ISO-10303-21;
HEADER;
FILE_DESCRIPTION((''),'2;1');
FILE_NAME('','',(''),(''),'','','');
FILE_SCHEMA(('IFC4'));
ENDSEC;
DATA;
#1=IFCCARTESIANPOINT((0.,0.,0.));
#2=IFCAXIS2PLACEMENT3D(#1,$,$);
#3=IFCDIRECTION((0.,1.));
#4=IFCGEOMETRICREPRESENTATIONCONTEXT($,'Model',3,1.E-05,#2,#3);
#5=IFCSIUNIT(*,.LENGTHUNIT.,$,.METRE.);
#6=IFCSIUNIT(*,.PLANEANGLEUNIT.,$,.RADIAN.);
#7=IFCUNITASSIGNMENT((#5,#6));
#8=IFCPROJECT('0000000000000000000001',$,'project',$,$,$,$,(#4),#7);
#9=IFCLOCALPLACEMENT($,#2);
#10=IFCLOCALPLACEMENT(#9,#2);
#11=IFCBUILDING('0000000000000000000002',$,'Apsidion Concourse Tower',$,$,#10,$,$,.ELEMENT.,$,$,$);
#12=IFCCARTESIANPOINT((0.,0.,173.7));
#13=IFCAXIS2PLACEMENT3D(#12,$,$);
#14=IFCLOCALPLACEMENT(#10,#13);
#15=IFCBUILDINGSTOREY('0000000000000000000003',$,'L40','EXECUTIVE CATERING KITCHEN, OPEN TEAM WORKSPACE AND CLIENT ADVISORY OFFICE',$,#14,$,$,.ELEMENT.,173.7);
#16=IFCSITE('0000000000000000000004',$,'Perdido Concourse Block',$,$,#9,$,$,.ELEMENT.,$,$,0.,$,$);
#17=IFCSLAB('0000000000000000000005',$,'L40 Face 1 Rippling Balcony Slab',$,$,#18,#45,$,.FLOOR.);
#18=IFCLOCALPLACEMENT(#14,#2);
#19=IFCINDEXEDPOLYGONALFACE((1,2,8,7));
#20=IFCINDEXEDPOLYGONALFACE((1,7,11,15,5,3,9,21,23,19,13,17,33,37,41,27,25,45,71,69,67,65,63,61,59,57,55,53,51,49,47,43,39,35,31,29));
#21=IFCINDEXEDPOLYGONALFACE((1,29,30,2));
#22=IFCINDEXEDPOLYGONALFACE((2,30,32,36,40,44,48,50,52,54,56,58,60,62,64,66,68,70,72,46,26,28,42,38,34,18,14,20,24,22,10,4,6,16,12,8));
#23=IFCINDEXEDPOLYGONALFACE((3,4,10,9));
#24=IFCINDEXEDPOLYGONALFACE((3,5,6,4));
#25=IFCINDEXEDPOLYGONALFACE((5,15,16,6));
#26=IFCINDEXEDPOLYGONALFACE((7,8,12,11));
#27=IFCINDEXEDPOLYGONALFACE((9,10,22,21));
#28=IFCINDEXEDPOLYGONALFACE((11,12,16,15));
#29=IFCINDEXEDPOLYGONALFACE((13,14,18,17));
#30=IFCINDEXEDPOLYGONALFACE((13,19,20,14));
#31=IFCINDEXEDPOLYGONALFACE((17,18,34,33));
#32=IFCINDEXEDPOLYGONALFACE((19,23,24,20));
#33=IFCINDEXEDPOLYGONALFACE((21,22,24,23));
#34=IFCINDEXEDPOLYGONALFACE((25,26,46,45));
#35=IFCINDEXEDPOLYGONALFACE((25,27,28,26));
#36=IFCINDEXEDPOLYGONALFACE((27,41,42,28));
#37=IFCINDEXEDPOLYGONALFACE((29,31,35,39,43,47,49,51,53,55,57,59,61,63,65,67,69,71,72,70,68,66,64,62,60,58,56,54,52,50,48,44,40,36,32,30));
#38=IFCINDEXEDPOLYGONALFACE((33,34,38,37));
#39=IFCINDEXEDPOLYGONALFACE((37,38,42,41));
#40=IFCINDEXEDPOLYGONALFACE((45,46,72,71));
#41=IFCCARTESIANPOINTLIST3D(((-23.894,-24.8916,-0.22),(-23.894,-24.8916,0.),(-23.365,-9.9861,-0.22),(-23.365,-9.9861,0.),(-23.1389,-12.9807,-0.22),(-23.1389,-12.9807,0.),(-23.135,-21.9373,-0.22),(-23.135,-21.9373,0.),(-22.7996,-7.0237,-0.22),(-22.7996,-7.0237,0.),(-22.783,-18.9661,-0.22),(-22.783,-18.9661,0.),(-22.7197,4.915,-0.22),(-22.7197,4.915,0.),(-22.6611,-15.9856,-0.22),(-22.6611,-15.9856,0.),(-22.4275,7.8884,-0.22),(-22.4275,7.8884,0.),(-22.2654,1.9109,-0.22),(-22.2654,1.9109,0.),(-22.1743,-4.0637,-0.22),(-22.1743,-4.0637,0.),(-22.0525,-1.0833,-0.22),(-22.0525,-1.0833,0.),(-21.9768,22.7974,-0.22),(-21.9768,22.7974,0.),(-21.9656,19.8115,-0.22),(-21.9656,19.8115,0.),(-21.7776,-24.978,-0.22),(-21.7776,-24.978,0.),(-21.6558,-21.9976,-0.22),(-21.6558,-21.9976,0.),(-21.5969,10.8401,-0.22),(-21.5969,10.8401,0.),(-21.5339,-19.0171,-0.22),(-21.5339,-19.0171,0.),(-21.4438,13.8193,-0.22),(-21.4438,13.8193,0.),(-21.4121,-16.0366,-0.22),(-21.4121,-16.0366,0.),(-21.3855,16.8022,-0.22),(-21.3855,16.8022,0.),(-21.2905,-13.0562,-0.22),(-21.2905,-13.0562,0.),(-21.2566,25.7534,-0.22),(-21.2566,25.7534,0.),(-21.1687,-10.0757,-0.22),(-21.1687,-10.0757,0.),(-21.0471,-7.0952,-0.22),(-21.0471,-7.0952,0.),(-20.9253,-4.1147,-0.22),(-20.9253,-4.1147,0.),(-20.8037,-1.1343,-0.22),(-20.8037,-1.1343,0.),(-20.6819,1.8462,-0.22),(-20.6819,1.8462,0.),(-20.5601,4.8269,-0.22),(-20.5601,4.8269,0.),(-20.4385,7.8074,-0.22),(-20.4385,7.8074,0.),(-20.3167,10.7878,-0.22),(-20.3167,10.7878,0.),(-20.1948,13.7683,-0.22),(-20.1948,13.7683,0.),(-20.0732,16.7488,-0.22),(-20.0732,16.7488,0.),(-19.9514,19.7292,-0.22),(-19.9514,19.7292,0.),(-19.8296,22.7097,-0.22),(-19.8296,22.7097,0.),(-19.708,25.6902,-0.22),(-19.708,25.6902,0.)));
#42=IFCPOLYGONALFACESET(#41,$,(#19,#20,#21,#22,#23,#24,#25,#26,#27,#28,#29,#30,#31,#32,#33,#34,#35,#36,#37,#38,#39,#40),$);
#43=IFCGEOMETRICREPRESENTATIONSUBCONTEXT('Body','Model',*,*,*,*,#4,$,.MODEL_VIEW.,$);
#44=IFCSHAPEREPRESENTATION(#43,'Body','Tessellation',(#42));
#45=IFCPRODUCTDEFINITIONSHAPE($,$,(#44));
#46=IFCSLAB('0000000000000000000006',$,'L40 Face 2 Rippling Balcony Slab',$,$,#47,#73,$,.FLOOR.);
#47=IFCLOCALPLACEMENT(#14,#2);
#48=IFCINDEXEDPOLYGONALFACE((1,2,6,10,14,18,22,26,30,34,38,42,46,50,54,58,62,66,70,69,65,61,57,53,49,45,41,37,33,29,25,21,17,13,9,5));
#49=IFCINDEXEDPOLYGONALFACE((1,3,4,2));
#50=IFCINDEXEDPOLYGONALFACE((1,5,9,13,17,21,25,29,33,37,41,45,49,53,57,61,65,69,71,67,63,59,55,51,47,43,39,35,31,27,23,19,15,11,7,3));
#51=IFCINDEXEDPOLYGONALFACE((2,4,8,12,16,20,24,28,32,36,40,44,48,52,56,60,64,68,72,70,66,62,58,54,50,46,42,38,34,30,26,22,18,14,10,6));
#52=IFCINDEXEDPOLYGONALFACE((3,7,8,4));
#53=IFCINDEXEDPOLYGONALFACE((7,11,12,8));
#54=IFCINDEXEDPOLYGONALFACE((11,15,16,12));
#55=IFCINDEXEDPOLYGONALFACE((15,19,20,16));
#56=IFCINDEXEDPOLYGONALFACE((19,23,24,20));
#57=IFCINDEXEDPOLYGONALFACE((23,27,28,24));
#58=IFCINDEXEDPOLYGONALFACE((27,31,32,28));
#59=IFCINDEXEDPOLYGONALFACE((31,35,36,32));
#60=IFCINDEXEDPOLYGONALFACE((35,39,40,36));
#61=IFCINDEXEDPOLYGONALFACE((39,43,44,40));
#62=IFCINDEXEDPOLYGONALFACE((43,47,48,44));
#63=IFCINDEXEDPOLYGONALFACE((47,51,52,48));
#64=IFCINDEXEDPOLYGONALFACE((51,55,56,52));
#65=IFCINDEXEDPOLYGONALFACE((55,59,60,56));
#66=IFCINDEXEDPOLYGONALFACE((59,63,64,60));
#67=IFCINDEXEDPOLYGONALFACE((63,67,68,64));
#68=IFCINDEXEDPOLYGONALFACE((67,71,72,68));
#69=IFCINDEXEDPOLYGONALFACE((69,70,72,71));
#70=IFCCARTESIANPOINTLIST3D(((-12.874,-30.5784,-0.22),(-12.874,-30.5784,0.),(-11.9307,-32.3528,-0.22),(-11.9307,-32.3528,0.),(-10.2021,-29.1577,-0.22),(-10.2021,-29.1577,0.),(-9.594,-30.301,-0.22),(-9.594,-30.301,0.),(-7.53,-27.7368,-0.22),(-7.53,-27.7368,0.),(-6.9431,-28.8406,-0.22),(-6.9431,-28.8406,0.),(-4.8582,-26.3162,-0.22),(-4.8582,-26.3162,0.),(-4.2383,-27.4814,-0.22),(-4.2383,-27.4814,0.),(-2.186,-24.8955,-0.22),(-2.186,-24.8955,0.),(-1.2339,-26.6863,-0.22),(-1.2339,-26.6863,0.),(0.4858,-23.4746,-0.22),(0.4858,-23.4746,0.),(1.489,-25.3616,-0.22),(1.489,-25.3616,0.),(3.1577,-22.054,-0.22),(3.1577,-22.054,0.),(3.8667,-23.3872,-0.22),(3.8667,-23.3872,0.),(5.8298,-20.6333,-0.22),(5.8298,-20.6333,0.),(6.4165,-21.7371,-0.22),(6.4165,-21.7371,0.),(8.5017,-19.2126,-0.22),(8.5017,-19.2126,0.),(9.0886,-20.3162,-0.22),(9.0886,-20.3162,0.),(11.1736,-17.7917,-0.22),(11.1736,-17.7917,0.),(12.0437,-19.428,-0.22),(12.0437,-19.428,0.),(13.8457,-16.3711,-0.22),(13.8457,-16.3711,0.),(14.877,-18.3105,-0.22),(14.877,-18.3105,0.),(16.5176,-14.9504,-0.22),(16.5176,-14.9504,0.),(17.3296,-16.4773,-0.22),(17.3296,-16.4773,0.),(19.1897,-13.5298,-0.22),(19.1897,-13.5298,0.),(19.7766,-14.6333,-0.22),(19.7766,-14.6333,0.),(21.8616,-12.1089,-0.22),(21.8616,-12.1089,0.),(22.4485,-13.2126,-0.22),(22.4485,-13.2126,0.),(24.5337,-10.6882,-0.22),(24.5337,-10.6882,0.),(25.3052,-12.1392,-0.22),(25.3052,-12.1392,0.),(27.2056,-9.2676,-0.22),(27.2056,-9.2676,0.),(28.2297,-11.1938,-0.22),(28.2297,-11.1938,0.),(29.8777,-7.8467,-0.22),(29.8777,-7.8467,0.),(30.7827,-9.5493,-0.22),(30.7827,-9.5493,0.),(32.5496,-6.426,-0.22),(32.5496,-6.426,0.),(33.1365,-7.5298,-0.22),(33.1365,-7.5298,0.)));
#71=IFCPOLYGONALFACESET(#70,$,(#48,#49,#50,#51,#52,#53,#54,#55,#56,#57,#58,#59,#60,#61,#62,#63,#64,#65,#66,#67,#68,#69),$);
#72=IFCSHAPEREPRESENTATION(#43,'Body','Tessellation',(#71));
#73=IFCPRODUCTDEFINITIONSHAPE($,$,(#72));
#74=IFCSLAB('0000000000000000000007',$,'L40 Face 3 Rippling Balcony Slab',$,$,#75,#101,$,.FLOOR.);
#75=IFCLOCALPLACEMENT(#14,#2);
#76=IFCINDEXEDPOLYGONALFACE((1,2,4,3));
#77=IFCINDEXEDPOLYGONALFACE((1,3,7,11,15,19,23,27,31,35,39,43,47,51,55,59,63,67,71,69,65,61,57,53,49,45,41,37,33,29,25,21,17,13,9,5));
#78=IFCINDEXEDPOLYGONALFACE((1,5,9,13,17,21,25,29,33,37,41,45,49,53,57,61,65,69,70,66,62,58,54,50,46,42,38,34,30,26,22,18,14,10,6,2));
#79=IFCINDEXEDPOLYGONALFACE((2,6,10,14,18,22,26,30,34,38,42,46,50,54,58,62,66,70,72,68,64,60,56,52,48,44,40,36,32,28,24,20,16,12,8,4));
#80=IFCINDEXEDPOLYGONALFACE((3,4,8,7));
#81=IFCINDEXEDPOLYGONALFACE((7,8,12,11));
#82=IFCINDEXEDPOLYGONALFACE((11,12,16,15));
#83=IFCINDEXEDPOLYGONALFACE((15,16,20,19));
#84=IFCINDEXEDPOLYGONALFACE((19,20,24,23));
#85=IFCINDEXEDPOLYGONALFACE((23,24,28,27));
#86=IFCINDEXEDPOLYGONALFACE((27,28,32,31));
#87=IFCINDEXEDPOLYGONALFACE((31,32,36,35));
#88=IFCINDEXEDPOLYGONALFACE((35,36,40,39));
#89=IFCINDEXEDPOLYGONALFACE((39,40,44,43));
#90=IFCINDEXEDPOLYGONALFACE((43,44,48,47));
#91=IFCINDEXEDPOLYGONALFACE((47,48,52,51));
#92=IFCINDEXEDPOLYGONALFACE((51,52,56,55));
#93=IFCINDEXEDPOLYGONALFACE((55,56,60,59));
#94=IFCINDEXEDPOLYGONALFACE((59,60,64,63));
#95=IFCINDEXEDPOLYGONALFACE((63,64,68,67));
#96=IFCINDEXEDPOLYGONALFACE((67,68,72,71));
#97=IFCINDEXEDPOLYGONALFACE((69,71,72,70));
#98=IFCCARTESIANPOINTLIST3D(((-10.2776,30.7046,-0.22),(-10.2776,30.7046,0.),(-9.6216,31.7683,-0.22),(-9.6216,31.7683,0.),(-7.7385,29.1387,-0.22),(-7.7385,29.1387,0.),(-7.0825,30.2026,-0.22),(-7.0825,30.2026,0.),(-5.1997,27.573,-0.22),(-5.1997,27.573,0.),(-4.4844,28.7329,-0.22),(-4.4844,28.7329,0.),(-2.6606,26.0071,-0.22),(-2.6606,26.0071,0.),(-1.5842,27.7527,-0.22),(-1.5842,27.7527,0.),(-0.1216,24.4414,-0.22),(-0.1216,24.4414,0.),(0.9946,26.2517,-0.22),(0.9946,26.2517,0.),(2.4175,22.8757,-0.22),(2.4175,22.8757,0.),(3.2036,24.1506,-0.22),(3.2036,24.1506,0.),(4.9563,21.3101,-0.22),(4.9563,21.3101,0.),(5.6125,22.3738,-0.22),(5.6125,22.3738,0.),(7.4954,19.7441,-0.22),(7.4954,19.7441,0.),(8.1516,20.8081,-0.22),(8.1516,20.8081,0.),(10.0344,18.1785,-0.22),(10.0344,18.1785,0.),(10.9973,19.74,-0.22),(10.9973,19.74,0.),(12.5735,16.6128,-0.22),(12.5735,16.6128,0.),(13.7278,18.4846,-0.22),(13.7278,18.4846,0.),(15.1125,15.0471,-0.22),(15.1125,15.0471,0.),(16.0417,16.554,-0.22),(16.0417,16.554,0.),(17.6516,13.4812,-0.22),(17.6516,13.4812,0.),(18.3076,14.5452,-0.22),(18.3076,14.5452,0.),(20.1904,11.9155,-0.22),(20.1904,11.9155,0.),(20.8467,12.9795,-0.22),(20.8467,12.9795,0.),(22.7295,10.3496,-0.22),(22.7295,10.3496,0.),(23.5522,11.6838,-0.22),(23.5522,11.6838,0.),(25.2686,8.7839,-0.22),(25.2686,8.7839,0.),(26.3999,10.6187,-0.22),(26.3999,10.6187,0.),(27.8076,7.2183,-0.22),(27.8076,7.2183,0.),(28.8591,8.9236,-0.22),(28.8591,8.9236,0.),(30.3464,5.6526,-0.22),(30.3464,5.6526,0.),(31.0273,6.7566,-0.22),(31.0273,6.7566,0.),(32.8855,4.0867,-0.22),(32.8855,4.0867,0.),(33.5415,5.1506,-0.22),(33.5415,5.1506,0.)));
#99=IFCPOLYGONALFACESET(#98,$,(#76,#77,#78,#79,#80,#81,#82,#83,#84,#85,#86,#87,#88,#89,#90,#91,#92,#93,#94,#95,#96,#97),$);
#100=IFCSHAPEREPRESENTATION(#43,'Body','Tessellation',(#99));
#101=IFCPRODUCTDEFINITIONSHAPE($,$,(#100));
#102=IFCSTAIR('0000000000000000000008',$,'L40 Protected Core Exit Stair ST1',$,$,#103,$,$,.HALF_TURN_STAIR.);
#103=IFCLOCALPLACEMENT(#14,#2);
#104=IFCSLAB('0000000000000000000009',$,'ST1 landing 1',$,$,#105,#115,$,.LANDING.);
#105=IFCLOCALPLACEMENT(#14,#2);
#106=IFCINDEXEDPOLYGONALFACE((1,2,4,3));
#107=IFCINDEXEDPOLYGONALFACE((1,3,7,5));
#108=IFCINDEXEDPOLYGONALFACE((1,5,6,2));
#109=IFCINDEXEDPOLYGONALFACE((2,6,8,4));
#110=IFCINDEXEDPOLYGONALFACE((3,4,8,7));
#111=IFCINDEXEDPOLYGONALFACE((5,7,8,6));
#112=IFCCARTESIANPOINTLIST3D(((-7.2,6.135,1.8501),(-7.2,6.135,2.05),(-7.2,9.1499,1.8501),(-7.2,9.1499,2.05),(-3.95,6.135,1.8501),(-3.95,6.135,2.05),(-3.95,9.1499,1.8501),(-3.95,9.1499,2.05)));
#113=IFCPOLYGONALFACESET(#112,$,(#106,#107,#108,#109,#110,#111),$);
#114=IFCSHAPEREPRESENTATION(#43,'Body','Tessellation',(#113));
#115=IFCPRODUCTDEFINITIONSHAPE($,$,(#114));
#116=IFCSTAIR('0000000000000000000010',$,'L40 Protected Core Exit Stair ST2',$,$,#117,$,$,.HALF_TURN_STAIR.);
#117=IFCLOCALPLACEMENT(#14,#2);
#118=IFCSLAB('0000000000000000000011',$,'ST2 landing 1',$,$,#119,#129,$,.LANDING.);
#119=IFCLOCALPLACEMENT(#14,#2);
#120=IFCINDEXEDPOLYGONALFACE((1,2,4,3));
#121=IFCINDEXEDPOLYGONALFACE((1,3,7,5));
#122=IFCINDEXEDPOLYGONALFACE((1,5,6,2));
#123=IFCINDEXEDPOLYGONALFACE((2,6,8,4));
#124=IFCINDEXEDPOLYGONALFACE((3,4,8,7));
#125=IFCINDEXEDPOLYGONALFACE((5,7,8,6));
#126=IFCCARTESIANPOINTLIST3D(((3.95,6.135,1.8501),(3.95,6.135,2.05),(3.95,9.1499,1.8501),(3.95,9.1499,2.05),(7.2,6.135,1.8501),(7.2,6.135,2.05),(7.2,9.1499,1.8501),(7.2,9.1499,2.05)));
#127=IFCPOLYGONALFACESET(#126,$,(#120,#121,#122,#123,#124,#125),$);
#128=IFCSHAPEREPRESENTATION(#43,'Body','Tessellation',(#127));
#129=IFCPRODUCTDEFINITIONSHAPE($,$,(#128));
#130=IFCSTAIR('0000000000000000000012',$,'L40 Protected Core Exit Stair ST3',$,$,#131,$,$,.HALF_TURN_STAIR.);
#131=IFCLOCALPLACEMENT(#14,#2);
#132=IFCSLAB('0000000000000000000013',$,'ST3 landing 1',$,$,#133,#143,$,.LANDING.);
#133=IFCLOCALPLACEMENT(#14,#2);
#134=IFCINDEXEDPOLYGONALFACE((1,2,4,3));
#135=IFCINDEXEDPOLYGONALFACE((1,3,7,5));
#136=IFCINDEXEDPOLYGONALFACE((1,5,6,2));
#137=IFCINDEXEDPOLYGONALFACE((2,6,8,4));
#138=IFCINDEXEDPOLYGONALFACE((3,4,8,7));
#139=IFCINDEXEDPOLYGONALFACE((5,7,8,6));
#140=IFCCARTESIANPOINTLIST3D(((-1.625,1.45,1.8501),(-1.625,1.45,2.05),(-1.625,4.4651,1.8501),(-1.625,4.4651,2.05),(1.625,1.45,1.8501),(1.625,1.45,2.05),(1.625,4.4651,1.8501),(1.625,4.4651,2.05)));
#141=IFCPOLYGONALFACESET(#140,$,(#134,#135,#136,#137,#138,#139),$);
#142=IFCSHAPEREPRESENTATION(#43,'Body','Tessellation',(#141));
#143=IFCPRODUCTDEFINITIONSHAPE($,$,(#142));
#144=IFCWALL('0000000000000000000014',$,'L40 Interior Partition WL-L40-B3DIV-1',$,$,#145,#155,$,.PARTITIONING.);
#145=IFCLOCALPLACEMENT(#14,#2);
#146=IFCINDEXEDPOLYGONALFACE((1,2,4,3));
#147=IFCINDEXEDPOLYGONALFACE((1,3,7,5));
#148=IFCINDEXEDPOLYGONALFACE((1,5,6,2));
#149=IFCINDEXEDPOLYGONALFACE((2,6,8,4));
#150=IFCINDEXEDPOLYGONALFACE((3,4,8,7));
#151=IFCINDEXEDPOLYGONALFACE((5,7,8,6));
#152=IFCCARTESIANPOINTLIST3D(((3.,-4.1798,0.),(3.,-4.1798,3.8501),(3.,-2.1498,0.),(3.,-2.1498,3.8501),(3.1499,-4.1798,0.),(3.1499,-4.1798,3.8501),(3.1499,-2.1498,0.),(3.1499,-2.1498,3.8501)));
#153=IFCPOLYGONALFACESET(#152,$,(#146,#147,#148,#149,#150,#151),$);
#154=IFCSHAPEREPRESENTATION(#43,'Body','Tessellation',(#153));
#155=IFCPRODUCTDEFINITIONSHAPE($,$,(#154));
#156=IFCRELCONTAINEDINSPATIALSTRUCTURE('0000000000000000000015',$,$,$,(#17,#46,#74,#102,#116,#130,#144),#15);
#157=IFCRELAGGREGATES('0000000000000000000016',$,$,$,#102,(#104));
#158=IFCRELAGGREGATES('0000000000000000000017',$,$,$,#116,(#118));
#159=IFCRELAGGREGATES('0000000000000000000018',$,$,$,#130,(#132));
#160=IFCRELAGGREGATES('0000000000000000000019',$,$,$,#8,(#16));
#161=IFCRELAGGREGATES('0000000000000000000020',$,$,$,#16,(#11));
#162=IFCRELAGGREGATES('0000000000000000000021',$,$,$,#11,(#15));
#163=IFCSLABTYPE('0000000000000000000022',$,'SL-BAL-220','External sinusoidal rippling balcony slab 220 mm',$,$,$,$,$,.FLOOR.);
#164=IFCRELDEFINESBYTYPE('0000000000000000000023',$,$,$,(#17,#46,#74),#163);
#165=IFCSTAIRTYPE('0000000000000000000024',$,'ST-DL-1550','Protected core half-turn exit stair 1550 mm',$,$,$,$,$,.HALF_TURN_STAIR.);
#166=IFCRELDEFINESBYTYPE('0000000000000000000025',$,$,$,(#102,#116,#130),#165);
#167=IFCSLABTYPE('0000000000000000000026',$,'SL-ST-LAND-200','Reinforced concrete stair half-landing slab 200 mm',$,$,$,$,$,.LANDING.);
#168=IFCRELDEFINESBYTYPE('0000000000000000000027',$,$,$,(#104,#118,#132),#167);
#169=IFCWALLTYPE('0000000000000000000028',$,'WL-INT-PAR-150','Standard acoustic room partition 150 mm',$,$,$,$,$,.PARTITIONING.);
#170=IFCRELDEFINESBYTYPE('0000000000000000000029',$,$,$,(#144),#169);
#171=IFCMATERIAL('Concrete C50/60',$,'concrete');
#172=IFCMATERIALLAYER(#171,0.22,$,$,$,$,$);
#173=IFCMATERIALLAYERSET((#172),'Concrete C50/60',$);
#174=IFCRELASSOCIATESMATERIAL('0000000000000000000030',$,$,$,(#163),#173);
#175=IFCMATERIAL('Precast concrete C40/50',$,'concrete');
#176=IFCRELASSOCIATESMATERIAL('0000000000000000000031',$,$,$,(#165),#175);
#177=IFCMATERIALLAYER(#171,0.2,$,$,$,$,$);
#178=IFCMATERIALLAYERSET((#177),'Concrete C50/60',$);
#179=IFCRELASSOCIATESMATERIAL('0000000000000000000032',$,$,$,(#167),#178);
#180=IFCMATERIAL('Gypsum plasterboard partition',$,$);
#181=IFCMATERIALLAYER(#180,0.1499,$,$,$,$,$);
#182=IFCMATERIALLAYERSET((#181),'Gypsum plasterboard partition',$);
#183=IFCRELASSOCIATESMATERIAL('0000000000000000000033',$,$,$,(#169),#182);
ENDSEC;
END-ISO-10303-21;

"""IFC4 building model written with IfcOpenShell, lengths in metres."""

from ifc_helpers import new_model, si_unit, direction, frame, frame_2d, origin, place, context, subcontext, project, spatial, polyline, rectangle, outline, extrude, material, layer, layer_set, type_object, element, aggregate, save


model = new_model("IFC4")

# Units and contexts
model_context = context("Model", 3, precision=1e-05, world=origin(), true_north=direction((0.0, 1.0)))
body_context = subcontext(model_context, "Body", "Model", "MODEL_VIEW")
ifc_project = project(units=[si_unit("LENGTHUNIT", "METRE"), si_unit("PLANEANGLEUNIT", "RADIAN")], contexts=[model_context])

# Site, building, storey
site_placement = place(None, origin())
site = spatial("IfcSite", under=ifc_project, at=site_placement, Name="Perdido Concourse Block", CompositionType="ELEMENT", RefElevation=0.0)
building_placement = place(site_placement, origin())
building = spatial("IfcBuilding", under=site, at=building_placement, Name="Apsidion Concourse Tower", CompositionType="ELEMENT")
storey_placement = place(building_placement, frame((0.0, 0.0, 173.7)))
storey = spatial("IfcBuildingStorey", under=building, at=storey_placement, Name="L40", Description="EXECUTIVE CATERING KITCHEN, OPEN TEAM WORKSPACE AND CLIENT ADVISORY OFFICE", CompositionType="ELEMENT", Elevation=173.7)

# Shared definitions
ifc_material_1 = material(Name="Concrete C50/60", Category="concrete")

# Slabs
ifc_layer_1 = layer(ifc_material_1, 0.22)
ifc_layer_set_1 = layer_set([ifc_layer_1], Name="Concrete C50/60")
slab_type_1 = type_object("IfcSlabType", Name="SL-BAL-220", Description="External sinusoidal rippling balcony slab 220 mm", PredefinedType="FLOOR", material=ifc_layer_set_1)
slab_1_placement = place(storey_placement, frame((0.0, 0.0, -0.22)))
element("IfcSlab", 1, at=slab_1_placement, inside=storey, type_object=slab_type_1, Name="L40 Face 1 Rippling Balcony Slab", PredefinedType="FLOOR", context=body_context, shape_type="SweptSolid", body=[
    extrude(outline(polyline([(-19.708, 25.6902), (-19.8296, 22.7097), (-19.9514, 19.7292), (-20.0732, 16.7488), (-20.1948, 13.7683), (-20.3167, 10.7878), (-20.4385, 7.8074), (-20.5601, 4.8269), (-20.6819, 1.8462), (-20.8037, -1.1343), (-20.9253, -4.1147), (-21.0471, -7.0952), (-21.1687, -10.0757), (-21.2905, -13.0562), (-21.4121, -16.0366), (-21.5339, -19.0171), (-21.6558, -21.9976), (-21.7776, -24.978), (-23.894, -24.8916), (-23.135, -21.9373), (-22.783, -18.9661), (-22.6611, -15.9856), (-23.1389, -12.9807), (-23.365, -9.9861), (-22.7996, -7.0237), (-22.1743, -4.0637), (-22.0525, -1.0833), (-22.2654, 1.9109), (-22.7197, 4.915), (-22.4275, 7.8884), (-21.5969, 10.8401), (-21.4438, 13.8193), (-21.3855, 16.8022), (-21.9656, 19.8115), (-21.9768, 22.7974), (-21.2566, 25.7534), (-19.708, 25.6902)])), origin(), (0.0, 0.0, 1.0), 0.22),
])
slab_2_placement = place(storey_placement, frame((0.0, 0.0, -0.22)))
element("IfcSlab", 2, at=slab_2_placement, inside=storey, type_object=slab_type_1, Name="L40 Face 2 Rippling Balcony Slab", PredefinedType="FLOOR", context=body_context, shape_type="SweptSolid", body=[
    extrude(outline(polyline([(-12.874, -30.5784), (-10.2021, -29.1577), (-7.53, -27.7368), (-4.8582, -26.3162), (-2.186, -24.8955), (0.4858, -23.4746), (3.1577, -22.054), (5.8298, -20.6333), (8.5017, -19.2126), (11.1736, -17.7917), (13.8457, -16.3711), (16.5176, -14.9504), (19.1897, -13.5298), (21.8616, -12.1089), (24.5337, -10.6882), (27.2056, -9.2676), (29.8777, -7.8467), (32.5496, -6.426), (33.1365, -7.5298), (30.7827, -9.5493), (28.2297, -11.1938), (25.3052, -12.1392), (22.4485, -13.2126), (19.7766, -14.6333), (17.3296, -16.4773), (14.877, -18.3105), (12.0437, -19.428), (9.0886, -20.3162), (6.4165, -21.7371), (3.8667, -23.3872), (1.489, -25.3616), (-1.2339, -26.6863), (-4.2383, -27.4814), (-6.9431, -28.8406), (-9.594, -30.301), (-11.9307, -32.3528), (-12.874, -30.5784)])), origin(), (0.0, 0.0, 1.0), 0.22),
])
slab_3_placement = place(storey_placement, frame((0.0, 0.0, -0.22)))
element("IfcSlab", 3, at=slab_3_placement, inside=storey, type_object=slab_type_1, Name="L40 Face 3 Rippling Balcony Slab", PredefinedType="FLOOR", context=body_context, shape_type="SweptSolid", body=[
    extrude(outline(polyline([(32.8855, 4.0867), (30.3464, 5.6526), (27.8076, 7.2183), (25.2686, 8.7839), (22.7295, 10.3496), (20.1904, 11.9155), (17.6516, 13.4812), (15.1125, 15.0471), (12.5735, 16.6128), (10.0344, 18.1785), (7.4954, 19.7441), (4.9563, 21.3101), (2.4175, 22.8757), (-0.1216, 24.4414), (-2.6606, 26.0071), (-5.1997, 27.573), (-7.7385, 29.1387), (-10.2776, 30.7046), (-9.6216, 31.7683), (-7.0825, 30.2026), (-4.4844, 28.7329), (-1.5842, 27.7527), (0.9946, 26.2517), (3.2036, 24.1506), (5.6125, 22.3738), (8.1516, 20.8081), (10.9973, 19.74), (13.7278, 18.4846), (16.0417, 16.554), (18.3076, 14.5452), (20.8467, 12.9795), (23.5522, 11.6838), (26.3999, 10.6187), (28.8591, 8.9236), (31.0273, 6.7566), (33.5415, 5.1506), (32.8855, 4.0867)])), origin(), (0.0, 0.0, 1.0), 0.22),
])

# Stairs, slabs
ifc_material_2 = material(Name="Precast concrete C40/50", Category="concrete")
stair_type = type_object("IfcStairType", Name="ST-DL-1550", Description="Protected core half-turn exit stair 1550 mm", PredefinedType="HALF_TURN_STAIR", material=ifc_material_2)
stair_1_placement = place(storey_placement, origin())
stair_1 = element("IfcStair", 4, at=stair_1_placement, inside=storey, type_object=stair_type, Name="L40 Protected Core Exit Stair ST1", PredefinedType="HALF_TURN_STAIR")
ifc_layer_2 = layer(ifc_material_1, 0.2)
ifc_layer_set_2 = layer_set([ifc_layer_2], Name="Concrete C50/60")
slab_type_2 = type_object("IfcSlabType", Name="SL-ST-LAND-200", Description="Reinforced concrete stair half-landing slab 200 mm", PredefinedType="LANDING", material=ifc_layer_set_2)
slab_4_placement = place(storey_placement, frame((0.0, 0.0, 1.8501)))
slab_4 = element("IfcSlab", 5, at=slab_4_placement, type_object=slab_type_2, Name="ST1 landing 1", PredefinedType="LANDING", context=body_context, shape_type="SweptSolid", body=[
    extrude(outline(polyline([(-3.95, 6.135), (-3.95, 9.1499), (-7.2, 9.1499), (-7.2, 6.135), (-3.95, 6.135)])), origin(), (0.0, 0.0, 1.0), 0.2),
])
aggregate(stair_1, [slab_4])
stair_2_placement = place(storey_placement, origin())
stair_2 = element("IfcStair", 6, at=stair_2_placement, inside=storey, type_object=stair_type, Name="L40 Protected Core Exit Stair ST2", PredefinedType="HALF_TURN_STAIR")
slab_5_placement = place(storey_placement, frame((0.0, 0.0, 1.8501)))
slab_5 = element("IfcSlab", 7, at=slab_5_placement, type_object=slab_type_2, Name="ST2 landing 1", PredefinedType="LANDING", context=body_context, shape_type="SweptSolid", body=[
    extrude(outline(polyline([(7.2, 6.135), (7.2, 9.1499), (3.95, 9.1499), (3.95, 6.135), (7.2, 6.135)])), origin(), (0.0, 0.0, 1.0), 0.2),
])
aggregate(stair_2, [slab_5])
stair_3_placement = place(storey_placement, origin())
stair_3 = element("IfcStair", 8, at=stair_3_placement, inside=storey, type_object=stair_type, Name="L40 Protected Core Exit Stair ST3", PredefinedType="HALF_TURN_STAIR")
slab_6_placement = place(storey_placement, frame((0.0, 0.0, 1.8501)))
slab_6 = element("IfcSlab", 9, at=slab_6_placement, type_object=slab_type_2, Name="ST3 landing 1", PredefinedType="LANDING", context=body_context, shape_type="SweptSolid", body=[
    extrude(outline(polyline([(-1.625, 4.4651), (-1.625, 1.45), (1.625, 1.45), (1.625, 4.4651), (-1.625, 4.4651)])), origin(), (0.0, 0.0, 1.0), 0.2),
])
aggregate(stair_3, [slab_6])

# Wall
ifc_material_3 = material(Name="Gypsum plasterboard partition")
ifc_layer_3 = layer(ifc_material_3, 0.1499)
ifc_layer_set_3 = layer_set([ifc_layer_3], Name="Gypsum plasterboard partition")
wall_type_1 = type_object("IfcWallType", Name="WL-INT-PAR-150", Description="Standard acoustic room partition 150 mm", PredefinedType="PARTITIONING", material=ifc_layer_set_3)
for number, where, z_axis, x_axis, name in (
    (10, (3.075, -4.1799, 0.0), (0.0, 0.0, 1.0), (0.0, 1.0, 0.0), "L40 Interior Partition WL-L40-B3DIV-1"),
):
    element("IfcWall", number, at=place(storey_placement, frame(where, z_axis=z_axis, x_axis=x_axis)), inside=storey, type_object=wall_type_1, Name=name, PredefinedType="PARTITIONING", context=body_context, shape_type="SweptSolid", body=[
        extrude(rectangle(XDim=2.03, YDim=0.1499, at=frame_2d((1.0151, 0.0))), origin(), (0.0, 0.0, 1.0), 3.8501),
    ])

save(model, "model.ifc")
